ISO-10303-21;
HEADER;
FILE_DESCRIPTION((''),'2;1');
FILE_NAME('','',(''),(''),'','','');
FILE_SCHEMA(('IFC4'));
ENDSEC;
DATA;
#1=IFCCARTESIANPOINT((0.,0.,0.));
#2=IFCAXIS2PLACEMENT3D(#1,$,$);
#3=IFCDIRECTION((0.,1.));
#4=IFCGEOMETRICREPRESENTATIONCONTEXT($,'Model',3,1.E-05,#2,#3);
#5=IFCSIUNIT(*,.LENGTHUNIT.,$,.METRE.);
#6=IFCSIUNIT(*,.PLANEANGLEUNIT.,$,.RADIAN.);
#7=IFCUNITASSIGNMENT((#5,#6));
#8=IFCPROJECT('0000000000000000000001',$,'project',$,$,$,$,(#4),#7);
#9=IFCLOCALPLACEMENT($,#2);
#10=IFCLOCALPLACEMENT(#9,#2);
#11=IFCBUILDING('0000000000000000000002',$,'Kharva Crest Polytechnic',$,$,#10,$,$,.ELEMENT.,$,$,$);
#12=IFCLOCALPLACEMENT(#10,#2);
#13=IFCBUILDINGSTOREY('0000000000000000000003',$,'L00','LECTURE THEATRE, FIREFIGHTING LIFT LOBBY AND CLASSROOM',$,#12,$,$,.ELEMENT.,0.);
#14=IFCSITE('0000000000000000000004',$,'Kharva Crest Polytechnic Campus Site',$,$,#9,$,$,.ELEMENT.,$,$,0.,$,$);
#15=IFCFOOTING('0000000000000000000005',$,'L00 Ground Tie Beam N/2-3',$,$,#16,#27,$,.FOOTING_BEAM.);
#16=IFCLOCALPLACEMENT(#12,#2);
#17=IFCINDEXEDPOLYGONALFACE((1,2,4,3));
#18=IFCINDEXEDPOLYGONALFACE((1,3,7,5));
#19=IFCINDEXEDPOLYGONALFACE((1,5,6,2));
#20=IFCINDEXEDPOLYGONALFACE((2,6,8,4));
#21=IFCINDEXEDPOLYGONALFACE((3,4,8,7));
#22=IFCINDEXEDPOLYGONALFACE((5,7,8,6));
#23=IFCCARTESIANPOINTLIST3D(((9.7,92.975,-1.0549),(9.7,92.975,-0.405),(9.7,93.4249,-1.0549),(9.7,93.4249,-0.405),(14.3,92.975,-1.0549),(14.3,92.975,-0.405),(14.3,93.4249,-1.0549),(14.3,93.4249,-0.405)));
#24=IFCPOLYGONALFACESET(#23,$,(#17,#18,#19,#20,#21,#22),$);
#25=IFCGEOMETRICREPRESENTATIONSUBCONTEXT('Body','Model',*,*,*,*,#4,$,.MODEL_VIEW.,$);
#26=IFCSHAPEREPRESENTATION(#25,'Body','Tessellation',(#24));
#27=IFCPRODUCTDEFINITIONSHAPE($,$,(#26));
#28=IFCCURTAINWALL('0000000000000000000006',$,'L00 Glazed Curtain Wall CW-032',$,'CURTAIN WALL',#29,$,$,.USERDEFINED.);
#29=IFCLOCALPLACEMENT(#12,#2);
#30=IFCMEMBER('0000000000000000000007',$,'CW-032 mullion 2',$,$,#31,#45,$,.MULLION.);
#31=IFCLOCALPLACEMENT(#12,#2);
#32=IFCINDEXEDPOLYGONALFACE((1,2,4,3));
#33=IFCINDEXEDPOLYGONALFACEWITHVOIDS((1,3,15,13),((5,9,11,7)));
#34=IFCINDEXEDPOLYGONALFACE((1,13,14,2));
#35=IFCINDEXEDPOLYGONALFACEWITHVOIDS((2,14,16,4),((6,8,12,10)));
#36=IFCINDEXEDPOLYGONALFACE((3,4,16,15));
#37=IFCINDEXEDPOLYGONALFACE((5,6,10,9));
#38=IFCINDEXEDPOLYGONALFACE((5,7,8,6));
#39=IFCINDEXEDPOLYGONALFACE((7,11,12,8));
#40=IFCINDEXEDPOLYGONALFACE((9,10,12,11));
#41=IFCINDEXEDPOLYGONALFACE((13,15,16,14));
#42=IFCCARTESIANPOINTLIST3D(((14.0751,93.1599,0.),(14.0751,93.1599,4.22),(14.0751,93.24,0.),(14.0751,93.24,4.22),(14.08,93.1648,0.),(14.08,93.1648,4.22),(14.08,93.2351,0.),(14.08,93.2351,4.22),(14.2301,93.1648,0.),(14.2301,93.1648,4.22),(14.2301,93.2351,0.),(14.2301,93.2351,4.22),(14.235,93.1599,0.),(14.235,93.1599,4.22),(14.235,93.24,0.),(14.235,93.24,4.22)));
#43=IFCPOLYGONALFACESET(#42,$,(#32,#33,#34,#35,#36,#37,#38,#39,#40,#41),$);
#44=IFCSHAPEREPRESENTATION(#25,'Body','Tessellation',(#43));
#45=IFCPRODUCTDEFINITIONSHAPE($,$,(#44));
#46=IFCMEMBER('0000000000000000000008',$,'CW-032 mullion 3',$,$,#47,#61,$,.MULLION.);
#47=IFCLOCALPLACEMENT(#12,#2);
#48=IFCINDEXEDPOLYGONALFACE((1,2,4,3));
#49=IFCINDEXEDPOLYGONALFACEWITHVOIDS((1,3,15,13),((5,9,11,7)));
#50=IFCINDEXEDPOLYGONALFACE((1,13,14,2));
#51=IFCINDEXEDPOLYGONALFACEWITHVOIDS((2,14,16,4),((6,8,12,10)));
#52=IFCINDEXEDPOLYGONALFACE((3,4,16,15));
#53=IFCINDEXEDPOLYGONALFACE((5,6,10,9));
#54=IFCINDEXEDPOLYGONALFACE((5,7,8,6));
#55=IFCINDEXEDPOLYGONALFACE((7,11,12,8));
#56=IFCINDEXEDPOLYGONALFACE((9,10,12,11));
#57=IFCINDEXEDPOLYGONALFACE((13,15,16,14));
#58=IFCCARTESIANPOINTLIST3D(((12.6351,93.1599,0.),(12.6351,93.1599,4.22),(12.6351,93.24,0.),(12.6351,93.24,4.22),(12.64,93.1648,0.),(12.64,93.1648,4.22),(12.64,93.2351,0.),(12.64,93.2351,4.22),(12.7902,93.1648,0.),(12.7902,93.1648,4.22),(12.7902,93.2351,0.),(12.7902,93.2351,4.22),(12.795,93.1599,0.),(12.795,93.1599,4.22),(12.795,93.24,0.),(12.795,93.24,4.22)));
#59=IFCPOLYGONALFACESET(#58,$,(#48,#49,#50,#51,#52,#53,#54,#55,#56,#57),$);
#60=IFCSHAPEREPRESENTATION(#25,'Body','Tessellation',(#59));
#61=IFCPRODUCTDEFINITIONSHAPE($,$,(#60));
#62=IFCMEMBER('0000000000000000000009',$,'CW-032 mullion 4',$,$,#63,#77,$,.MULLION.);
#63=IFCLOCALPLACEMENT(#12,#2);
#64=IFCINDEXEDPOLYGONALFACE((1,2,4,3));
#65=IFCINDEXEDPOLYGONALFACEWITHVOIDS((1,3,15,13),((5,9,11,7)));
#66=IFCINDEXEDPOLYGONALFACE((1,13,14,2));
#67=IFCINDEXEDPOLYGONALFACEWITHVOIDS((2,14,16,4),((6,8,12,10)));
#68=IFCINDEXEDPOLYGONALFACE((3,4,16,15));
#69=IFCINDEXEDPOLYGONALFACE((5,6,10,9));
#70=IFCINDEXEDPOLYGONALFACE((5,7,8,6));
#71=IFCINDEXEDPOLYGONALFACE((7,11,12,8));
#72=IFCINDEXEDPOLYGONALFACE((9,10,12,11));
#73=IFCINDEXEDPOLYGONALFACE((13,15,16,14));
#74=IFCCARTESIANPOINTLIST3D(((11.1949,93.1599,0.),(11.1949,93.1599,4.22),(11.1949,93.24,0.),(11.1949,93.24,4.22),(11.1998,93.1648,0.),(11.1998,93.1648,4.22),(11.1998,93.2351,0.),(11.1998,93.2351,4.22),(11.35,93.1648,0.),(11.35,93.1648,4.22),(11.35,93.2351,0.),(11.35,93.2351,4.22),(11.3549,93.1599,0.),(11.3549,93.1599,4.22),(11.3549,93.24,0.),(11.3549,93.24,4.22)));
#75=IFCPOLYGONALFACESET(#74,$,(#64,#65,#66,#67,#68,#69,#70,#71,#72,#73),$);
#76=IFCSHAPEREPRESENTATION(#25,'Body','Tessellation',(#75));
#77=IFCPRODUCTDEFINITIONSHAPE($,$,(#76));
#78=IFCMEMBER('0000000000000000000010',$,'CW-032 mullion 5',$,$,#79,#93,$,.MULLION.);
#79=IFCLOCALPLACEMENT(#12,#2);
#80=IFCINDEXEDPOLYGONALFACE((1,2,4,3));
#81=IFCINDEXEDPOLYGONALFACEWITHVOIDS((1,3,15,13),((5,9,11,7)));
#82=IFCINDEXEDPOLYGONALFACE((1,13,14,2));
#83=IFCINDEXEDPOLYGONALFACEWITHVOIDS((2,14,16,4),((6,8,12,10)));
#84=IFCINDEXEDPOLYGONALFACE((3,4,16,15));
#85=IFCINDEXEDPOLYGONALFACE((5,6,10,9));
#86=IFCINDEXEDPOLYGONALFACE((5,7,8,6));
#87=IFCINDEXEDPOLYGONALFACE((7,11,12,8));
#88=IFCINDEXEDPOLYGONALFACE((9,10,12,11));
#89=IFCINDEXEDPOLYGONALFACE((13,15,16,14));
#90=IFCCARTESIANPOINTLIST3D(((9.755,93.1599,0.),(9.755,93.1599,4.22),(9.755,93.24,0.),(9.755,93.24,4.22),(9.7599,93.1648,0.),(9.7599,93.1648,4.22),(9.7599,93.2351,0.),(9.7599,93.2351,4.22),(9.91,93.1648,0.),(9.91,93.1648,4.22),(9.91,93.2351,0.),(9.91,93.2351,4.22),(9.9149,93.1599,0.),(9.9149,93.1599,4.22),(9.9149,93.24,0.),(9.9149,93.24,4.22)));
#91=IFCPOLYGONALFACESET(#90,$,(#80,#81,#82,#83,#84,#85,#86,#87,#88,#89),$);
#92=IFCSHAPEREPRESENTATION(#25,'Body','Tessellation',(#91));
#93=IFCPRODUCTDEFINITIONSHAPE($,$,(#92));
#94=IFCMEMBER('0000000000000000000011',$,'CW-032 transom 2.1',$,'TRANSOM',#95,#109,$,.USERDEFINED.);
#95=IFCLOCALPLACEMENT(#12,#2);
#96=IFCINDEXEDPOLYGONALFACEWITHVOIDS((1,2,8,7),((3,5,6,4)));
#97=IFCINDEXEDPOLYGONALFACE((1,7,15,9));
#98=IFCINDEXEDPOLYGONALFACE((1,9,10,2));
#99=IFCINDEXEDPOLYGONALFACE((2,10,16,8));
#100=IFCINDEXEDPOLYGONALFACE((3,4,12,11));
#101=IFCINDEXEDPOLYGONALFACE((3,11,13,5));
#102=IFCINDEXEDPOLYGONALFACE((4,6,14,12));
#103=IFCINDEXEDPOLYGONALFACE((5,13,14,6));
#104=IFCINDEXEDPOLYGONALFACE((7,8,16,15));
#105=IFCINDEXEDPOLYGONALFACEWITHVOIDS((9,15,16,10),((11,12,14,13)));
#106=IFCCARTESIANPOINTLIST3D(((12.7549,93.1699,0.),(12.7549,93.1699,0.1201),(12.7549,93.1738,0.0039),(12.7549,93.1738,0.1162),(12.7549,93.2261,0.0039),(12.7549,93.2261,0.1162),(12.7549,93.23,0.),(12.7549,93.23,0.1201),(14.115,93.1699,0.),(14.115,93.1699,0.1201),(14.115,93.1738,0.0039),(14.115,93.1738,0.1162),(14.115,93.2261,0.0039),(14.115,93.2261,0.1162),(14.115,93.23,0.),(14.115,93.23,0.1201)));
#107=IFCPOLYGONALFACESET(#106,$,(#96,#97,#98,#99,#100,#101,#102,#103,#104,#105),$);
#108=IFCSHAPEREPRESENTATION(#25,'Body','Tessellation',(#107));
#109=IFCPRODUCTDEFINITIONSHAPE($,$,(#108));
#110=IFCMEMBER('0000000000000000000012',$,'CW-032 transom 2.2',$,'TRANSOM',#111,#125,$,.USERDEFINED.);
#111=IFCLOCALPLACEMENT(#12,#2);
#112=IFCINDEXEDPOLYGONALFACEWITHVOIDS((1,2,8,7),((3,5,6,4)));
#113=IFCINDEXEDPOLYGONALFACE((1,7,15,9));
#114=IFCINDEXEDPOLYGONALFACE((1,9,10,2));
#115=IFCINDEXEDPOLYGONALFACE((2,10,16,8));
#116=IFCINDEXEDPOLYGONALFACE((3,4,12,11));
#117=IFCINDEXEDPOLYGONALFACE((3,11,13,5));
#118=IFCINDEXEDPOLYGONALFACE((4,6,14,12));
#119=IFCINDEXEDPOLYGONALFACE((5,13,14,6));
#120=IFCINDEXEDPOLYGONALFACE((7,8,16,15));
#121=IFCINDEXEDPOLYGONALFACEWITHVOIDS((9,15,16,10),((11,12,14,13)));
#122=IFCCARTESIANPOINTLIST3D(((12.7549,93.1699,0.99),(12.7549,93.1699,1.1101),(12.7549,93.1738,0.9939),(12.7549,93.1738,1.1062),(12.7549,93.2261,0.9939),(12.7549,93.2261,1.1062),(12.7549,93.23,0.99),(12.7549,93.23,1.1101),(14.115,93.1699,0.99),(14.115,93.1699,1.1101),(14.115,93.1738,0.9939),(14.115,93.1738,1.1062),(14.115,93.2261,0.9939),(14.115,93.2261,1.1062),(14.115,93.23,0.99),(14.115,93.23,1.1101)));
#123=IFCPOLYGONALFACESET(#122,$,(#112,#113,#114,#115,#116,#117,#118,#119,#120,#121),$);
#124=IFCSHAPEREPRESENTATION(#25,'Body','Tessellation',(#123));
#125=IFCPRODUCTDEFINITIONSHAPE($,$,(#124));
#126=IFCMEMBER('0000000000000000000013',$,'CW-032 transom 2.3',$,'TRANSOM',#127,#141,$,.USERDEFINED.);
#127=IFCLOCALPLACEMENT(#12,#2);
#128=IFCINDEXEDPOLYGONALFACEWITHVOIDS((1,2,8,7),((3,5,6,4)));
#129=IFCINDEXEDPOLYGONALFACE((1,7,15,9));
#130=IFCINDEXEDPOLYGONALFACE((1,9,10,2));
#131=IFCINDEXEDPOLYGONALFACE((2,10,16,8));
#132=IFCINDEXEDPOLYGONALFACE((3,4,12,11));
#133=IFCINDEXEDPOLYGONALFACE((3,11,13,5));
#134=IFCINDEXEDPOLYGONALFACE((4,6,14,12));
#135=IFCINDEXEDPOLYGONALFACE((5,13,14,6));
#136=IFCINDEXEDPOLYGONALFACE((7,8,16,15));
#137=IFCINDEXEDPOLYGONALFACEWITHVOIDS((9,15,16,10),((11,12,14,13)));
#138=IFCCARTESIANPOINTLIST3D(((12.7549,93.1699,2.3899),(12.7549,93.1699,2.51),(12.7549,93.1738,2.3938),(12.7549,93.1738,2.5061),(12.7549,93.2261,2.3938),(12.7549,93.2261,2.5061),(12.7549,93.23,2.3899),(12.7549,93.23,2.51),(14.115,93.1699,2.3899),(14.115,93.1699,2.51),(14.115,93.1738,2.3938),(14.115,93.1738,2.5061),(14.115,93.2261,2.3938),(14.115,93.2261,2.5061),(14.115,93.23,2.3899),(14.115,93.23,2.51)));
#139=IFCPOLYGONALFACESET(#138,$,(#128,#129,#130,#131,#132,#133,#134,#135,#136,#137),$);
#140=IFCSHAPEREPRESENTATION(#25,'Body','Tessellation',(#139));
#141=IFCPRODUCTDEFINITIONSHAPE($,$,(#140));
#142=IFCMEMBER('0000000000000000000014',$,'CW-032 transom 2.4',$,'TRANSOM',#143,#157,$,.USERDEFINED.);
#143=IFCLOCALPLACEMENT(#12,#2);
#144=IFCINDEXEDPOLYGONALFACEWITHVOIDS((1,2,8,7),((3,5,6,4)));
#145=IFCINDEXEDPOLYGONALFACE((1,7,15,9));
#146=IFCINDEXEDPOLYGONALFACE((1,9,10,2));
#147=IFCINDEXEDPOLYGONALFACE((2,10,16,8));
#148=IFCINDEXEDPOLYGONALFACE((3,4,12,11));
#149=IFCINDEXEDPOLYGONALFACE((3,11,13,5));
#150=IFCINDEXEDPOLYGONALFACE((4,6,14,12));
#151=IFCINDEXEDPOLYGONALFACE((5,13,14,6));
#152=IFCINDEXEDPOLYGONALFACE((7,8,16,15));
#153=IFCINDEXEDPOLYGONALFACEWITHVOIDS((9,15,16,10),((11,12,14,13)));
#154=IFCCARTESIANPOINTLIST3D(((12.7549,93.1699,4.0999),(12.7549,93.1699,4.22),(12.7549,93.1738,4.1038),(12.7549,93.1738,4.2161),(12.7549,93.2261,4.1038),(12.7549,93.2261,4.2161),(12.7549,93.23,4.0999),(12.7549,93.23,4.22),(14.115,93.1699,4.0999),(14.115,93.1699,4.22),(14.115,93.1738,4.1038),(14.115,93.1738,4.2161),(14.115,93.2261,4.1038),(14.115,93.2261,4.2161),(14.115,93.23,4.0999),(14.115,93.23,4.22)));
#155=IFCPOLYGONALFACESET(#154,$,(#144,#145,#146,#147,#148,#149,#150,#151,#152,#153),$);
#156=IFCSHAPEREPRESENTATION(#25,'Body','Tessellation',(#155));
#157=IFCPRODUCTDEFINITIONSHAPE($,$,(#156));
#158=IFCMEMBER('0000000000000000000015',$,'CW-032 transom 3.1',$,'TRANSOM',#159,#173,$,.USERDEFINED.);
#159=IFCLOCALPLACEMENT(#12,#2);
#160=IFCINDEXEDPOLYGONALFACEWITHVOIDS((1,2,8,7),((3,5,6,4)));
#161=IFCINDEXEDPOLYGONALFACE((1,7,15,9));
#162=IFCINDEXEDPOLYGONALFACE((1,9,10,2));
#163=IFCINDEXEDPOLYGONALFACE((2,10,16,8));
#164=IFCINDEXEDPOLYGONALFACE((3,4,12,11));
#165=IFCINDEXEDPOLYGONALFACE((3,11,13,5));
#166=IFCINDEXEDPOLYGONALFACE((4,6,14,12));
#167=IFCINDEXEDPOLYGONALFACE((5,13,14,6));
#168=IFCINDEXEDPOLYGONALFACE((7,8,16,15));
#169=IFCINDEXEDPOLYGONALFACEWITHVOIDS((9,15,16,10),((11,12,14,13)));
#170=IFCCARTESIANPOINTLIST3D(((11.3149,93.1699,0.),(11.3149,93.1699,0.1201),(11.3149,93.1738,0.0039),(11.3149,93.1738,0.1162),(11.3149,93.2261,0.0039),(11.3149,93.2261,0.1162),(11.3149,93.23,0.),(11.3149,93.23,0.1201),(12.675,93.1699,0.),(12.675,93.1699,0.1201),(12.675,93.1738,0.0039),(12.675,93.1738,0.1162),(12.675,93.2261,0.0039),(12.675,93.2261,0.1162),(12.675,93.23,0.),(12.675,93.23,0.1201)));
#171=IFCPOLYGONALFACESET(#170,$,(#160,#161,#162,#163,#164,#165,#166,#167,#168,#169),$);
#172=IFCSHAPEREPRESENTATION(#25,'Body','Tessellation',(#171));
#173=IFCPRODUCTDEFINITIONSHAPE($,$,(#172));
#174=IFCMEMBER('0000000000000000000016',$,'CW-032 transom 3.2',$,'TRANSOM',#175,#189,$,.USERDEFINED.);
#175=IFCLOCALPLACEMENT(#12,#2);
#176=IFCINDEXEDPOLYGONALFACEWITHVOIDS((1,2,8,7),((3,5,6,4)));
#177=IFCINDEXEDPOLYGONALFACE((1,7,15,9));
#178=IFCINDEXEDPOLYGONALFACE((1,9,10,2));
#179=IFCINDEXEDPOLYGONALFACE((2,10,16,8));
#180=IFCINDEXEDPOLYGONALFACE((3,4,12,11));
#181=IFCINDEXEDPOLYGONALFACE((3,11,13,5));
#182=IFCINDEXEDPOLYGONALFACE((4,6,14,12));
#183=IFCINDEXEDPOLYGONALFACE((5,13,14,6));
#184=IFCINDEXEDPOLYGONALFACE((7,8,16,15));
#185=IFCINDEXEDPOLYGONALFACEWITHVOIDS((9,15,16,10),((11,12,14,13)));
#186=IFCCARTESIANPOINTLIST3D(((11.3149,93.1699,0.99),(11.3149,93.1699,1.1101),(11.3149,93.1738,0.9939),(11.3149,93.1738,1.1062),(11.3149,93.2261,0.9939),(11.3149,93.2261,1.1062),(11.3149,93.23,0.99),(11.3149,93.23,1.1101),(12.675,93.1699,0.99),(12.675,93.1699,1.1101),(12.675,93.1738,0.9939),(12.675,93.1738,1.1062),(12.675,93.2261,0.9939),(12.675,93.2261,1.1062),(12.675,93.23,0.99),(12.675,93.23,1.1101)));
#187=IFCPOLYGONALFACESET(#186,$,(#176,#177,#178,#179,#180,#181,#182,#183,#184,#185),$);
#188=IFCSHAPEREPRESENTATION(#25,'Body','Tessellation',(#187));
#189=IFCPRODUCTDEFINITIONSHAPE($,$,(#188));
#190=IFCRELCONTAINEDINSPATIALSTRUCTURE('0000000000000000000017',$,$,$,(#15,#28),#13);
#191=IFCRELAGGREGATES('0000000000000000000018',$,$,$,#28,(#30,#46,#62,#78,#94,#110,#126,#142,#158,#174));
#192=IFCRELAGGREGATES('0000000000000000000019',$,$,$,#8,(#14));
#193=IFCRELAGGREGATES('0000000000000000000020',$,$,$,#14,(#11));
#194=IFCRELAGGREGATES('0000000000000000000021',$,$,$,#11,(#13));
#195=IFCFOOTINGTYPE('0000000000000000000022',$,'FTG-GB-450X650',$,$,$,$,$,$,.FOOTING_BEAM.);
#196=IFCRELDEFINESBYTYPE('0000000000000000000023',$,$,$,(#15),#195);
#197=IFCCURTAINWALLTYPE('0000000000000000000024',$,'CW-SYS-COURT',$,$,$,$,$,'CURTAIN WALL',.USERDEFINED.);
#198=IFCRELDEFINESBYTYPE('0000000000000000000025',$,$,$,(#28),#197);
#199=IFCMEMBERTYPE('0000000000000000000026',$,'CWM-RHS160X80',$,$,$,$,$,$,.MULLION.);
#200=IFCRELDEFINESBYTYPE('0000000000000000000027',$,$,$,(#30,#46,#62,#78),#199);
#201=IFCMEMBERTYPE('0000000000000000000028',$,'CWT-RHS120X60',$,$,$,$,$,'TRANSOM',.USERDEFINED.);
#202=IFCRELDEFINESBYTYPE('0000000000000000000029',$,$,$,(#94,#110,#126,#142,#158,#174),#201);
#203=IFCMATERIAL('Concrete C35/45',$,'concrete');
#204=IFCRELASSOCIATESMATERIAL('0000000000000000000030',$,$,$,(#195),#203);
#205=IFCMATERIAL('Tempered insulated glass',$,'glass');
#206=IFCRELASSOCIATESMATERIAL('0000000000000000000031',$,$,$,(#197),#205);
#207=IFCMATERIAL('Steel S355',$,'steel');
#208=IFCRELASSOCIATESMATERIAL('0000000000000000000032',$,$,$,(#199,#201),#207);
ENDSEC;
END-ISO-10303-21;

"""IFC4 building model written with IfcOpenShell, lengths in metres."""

from ifc_helpers import new_model, si_unit, direction, frame, origin, origin_2d, place, context, subcontext, project, spatial, rectangle, hollow_rectangle, extrude, material, material_profile, profile_set, type_object, element, aggregate, save


model = new_model("IFC4")

# Units and contexts
model_context = context("Model", 3, precision=1e-05, world=origin(), true_north=direction((0.0, 1.0)))
body_context = subcontext(model_context, "Body", "Model", "MODEL_VIEW")
ifc_project = project(units=[si_unit("LENGTHUNIT", "METRE"), si_unit("PLANEANGLEUNIT", "RADIAN")], contexts=[model_context])

# Site, building, storey
site_placement = place(None, origin())
site = spatial("IfcSite", under=ifc_project, at=site_placement, Name="Kharva Crest Polytechnic Campus Site", CompositionType="ELEMENT", RefElevation=0.0)
building_placement = place(site_placement, origin())
building = spatial("IfcBuilding", under=site, at=building_placement, Name="Kharva Crest Polytechnic", CompositionType="ELEMENT")
storey_placement = place(building_placement, origin())
storey = spatial("IfcBuildingStorey", under=building, at=storey_placement, Name="L00", Description="LECTURE THEATRE, FIREFIGHTING LIFT LOBBY AND CLASSROOM", CompositionType="ELEMENT", Elevation=0.0)

# Footing
ifc_material_1 = material(Name="Concrete C35/45", Category="concrete")
footing_type = type_object("IfcFootingType", Name="FTG-GB-450X650", PredefinedType="FOOTING_BEAM", material=ifc_material_1)
footing_placement = place(storey_placement, frame((12.0, 93.2, -1.0549), z_axis=(0.0, 0.0, 1.0), x_axis=(1.0, 0.0, 0.0)))
element("IfcFooting", 1, at=footing_placement, inside=storey, type_object=footing_type, Name="L00 Ground Tie Beam N/2-3", PredefinedType="FOOTING_BEAM", context=body_context, shape_type="SweptSolid", body=[
    extrude(rectangle(XDim=4.6001, YDim=0.45, at=origin_2d()), origin(), (0.0, 0.0, 1.0), 0.6499),
])

# Curtain wall, members
ifc_material_2 = material(Name="Tempered insulated glass", Category="glass")
curtain_wall_type = type_object("IfcCurtainWallType", Name="CW-SYS-COURT", ElementType="CURTAIN WALL", PredefinedType="USERDEFINED", material=ifc_material_2)
curtain_wall_placement = place(storey_placement, origin())
curtain_wall = element("IfcCurtainWall", 2, at=curtain_wall_placement, inside=storey, type_object=curtain_wall_type, Name="L00 Glazed Curtain Wall CW-032", ObjectType="CURTAIN WALL", PredefinedType="USERDEFINED")
ifc_material_3 = material(Name="Steel S355", Category="steel")
ifc_material_profile_1 = material_profile(ifc_material_3, hollow_rectangle(XDim=0.0801, YDim=0.1599, WallThickness=0.0049, at=origin_2d()), Name="RHS 160X80X5.0")
ifc_profile_set_1 = profile_set([ifc_material_profile_1], Name="Steel S355")
member_type_1 = type_object("IfcMemberType", Name="CWM-RHS160X80", PredefinedType="MULLION", material=ifc_profile_set_1)
member_1_placement = place(storey_placement, frame((14.155, 93.2, 0.0), z_axis=(0.0, 0.0, 1.0), x_axis=(0.0, -1.0, 0.0)))
member_1 = element("IfcMember", 3, at=member_1_placement, type_object=member_type_1, Name="CW-032 mullion 2", PredefinedType="MULLION", context=body_context, shape_type="SweptSolid", body=[
    extrude(hollow_rectangle(XDim=0.0801, YDim=0.1599, WallThickness=0.0049, at=origin_2d()), origin(), (0.0, 0.0, 1.0), 4.22),
])
member_2_placement = place(storey_placement, frame((12.7151, 93.2, 0.0), z_axis=(0.0, 0.0, 1.0), x_axis=(0.0, -1.0, 0.0)))
member_2 = element("IfcMember", 4, at=member_2_placement, type_object=member_type_1, Name="CW-032 mullion 3", PredefinedType="MULLION", context=body_context, shape_type="SweptSolid", body=[
    extrude(hollow_rectangle(XDim=0.0801, YDim=0.1599, WallThickness=0.0049, at=origin_2d()), origin(), (0.0, 0.0, 1.0), 4.22),
])
member_3_placement = place(storey_placement, frame((11.2749, 93.2, 0.0), z_axis=(0.0, 0.0, 1.0), x_axis=(0.0, -1.0, 0.0)))
member_3 = element("IfcMember", 5, at=member_3_placement, type_object=member_type_1, Name="CW-032 mullion 4", PredefinedType="MULLION", context=body_context, shape_type="SweptSolid", body=[
    extrude(hollow_rectangle(XDim=0.0801, YDim=0.1599, WallThickness=0.0049, at=origin_2d()), origin(), (0.0, 0.0, 1.0), 4.22),
])
member_4_placement = place(storey_placement, frame((9.835, 93.2, 0.0), z_axis=(0.0, 0.0, 1.0), x_axis=(0.0, -1.0, 0.0)))
member_4 = element("IfcMember", 6, at=member_4_placement, type_object=member_type_1, Name="CW-032 mullion 5", PredefinedType="MULLION", context=body_context, shape_type="SweptSolid", body=[
    extrude(hollow_rectangle(XDim=0.0801, YDim=0.1599, WallThickness=0.0049, at=origin_2d()), origin(), (0.0, 0.0, 1.0), 4.22),
])
ifc_material_profile_2 = material_profile(ifc_material_3, hollow_rectangle(XDim=0.0601, YDim=0.1201, WallThickness=0.0039, at=origin_2d()), Name="RHS 120X60X4.0")
ifc_profile_set_2 = profile_set([ifc_material_profile_2], Name="Steel S355")
member_type_2 = type_object("IfcMemberType", Name="CWT-RHS120X60", ElementType="TRANSOM", PredefinedType="USERDEFINED", material=ifc_profile_set_2)
member_5_placement = place(storey_placement, frame((14.115, 93.2, 0.0601), z_axis=(-1.0, 0.0, 0.0), x_axis=(0.0, -1.0, 0.0)))
member_5 = element("IfcMember", 7, at=member_5_placement, type_object=member_type_2, Name="CW-032 transom 2.1", ObjectType="TRANSOM", PredefinedType="USERDEFINED", context=body_context, shape_type="SweptSolid", body=[
    extrude(hollow_rectangle(XDim=0.0601, YDim=0.1201, WallThickness=0.0039, at=origin_2d()), origin(), (0.0, 0.0, 1.0), 1.3601),
])
member_6_placement = place(storey_placement, frame((14.115, 93.2, 1.05), z_axis=(-1.0, 0.0, 0.0), x_axis=(0.0, -1.0, 0.0)))
member_6 = element("IfcMember", 8, at=member_6_placement, type_object=member_type_2, Name="CW-032 transom 2.2", ObjectType="TRANSOM", PredefinedType="USERDEFINED", context=body_context, shape_type="SweptSolid", body=[
    extrude(hollow_rectangle(XDim=0.0601, YDim=0.1201, WallThickness=0.0039, at=origin_2d()), origin(), (0.0, 0.0, 1.0), 1.3601),
])
member_7_placement = place(storey_placement, frame((14.115, 93.2, 2.45), z_axis=(-1.0, 0.0, 0.0), x_axis=(0.0, -1.0, 0.0)))
member_7 = element("IfcMember", 9, at=member_7_placement, type_object=member_type_2, Name="CW-032 transom 2.3", ObjectType="TRANSOM", PredefinedType="USERDEFINED", context=body_context, shape_type="SweptSolid", body=[
    extrude(hollow_rectangle(XDim=0.0601, YDim=0.1201, WallThickness=0.0039, at=origin_2d()), origin(), (0.0, 0.0, 1.0), 1.3601),
])
member_8_placement = place(storey_placement, frame((14.115, 93.2, 4.1599), z_axis=(-1.0, 0.0, 0.0), x_axis=(0.0, -1.0, 0.0)))
member_8 = element("IfcMember", 10, at=member_8_placement, type_object=member_type_2, Name="CW-032 transom 2.4", ObjectType="TRANSOM", PredefinedType="USERDEFINED", context=body_context, shape_type="SweptSolid", body=[
    extrude(hollow_rectangle(XDim=0.0601, YDim=0.1201, WallThickness=0.0039, at=origin_2d()), origin(), (0.0, 0.0, 1.0), 1.3601),
])
member_9_placement = place(storey_placement, frame((12.675, 93.2, 0.0601), z_axis=(-1.0, 0.0, 0.0), x_axis=(0.0, -1.0, 0.0)))
member_9 = element("IfcMember", 11, at=member_9_placement, type_object=member_type_2, Name="CW-032 transom 3.1", ObjectType="TRANSOM", PredefinedType="USERDEFINED", context=body_context, shape_type="SweptSolid", body=[
    extrude(hollow_rectangle(XDim=0.0601, YDim=0.1201, WallThickness=0.0039, at=origin_2d()), origin(), (0.0, 0.0, 1.0), 1.3601),
])
member_10_placement = place(storey_placement, frame((12.675, 93.2, 1.05), z_axis=(-1.0, 0.0, 0.0), x_axis=(0.0, -1.0, 0.0)))
member_10 = element("IfcMember", 12, at=member_10_placement, type_object=member_type_2, Name="CW-032 transom 3.2", ObjectType="TRANSOM", PredefinedType="USERDEFINED", context=body_context, shape_type="SweptSolid", body=[
    extrude(hollow_rectangle(XDim=0.0601, YDim=0.1201, WallThickness=0.0039, at=origin_2d()), origin(), (0.0, 0.0, 1.0), 1.3601),
])
aggregate(curtain_wall, [member_1, member_2, member_3, member_4, member_5, member_6, member_7, member_8, member_9, member_10])

save(model, "model.ifc")
